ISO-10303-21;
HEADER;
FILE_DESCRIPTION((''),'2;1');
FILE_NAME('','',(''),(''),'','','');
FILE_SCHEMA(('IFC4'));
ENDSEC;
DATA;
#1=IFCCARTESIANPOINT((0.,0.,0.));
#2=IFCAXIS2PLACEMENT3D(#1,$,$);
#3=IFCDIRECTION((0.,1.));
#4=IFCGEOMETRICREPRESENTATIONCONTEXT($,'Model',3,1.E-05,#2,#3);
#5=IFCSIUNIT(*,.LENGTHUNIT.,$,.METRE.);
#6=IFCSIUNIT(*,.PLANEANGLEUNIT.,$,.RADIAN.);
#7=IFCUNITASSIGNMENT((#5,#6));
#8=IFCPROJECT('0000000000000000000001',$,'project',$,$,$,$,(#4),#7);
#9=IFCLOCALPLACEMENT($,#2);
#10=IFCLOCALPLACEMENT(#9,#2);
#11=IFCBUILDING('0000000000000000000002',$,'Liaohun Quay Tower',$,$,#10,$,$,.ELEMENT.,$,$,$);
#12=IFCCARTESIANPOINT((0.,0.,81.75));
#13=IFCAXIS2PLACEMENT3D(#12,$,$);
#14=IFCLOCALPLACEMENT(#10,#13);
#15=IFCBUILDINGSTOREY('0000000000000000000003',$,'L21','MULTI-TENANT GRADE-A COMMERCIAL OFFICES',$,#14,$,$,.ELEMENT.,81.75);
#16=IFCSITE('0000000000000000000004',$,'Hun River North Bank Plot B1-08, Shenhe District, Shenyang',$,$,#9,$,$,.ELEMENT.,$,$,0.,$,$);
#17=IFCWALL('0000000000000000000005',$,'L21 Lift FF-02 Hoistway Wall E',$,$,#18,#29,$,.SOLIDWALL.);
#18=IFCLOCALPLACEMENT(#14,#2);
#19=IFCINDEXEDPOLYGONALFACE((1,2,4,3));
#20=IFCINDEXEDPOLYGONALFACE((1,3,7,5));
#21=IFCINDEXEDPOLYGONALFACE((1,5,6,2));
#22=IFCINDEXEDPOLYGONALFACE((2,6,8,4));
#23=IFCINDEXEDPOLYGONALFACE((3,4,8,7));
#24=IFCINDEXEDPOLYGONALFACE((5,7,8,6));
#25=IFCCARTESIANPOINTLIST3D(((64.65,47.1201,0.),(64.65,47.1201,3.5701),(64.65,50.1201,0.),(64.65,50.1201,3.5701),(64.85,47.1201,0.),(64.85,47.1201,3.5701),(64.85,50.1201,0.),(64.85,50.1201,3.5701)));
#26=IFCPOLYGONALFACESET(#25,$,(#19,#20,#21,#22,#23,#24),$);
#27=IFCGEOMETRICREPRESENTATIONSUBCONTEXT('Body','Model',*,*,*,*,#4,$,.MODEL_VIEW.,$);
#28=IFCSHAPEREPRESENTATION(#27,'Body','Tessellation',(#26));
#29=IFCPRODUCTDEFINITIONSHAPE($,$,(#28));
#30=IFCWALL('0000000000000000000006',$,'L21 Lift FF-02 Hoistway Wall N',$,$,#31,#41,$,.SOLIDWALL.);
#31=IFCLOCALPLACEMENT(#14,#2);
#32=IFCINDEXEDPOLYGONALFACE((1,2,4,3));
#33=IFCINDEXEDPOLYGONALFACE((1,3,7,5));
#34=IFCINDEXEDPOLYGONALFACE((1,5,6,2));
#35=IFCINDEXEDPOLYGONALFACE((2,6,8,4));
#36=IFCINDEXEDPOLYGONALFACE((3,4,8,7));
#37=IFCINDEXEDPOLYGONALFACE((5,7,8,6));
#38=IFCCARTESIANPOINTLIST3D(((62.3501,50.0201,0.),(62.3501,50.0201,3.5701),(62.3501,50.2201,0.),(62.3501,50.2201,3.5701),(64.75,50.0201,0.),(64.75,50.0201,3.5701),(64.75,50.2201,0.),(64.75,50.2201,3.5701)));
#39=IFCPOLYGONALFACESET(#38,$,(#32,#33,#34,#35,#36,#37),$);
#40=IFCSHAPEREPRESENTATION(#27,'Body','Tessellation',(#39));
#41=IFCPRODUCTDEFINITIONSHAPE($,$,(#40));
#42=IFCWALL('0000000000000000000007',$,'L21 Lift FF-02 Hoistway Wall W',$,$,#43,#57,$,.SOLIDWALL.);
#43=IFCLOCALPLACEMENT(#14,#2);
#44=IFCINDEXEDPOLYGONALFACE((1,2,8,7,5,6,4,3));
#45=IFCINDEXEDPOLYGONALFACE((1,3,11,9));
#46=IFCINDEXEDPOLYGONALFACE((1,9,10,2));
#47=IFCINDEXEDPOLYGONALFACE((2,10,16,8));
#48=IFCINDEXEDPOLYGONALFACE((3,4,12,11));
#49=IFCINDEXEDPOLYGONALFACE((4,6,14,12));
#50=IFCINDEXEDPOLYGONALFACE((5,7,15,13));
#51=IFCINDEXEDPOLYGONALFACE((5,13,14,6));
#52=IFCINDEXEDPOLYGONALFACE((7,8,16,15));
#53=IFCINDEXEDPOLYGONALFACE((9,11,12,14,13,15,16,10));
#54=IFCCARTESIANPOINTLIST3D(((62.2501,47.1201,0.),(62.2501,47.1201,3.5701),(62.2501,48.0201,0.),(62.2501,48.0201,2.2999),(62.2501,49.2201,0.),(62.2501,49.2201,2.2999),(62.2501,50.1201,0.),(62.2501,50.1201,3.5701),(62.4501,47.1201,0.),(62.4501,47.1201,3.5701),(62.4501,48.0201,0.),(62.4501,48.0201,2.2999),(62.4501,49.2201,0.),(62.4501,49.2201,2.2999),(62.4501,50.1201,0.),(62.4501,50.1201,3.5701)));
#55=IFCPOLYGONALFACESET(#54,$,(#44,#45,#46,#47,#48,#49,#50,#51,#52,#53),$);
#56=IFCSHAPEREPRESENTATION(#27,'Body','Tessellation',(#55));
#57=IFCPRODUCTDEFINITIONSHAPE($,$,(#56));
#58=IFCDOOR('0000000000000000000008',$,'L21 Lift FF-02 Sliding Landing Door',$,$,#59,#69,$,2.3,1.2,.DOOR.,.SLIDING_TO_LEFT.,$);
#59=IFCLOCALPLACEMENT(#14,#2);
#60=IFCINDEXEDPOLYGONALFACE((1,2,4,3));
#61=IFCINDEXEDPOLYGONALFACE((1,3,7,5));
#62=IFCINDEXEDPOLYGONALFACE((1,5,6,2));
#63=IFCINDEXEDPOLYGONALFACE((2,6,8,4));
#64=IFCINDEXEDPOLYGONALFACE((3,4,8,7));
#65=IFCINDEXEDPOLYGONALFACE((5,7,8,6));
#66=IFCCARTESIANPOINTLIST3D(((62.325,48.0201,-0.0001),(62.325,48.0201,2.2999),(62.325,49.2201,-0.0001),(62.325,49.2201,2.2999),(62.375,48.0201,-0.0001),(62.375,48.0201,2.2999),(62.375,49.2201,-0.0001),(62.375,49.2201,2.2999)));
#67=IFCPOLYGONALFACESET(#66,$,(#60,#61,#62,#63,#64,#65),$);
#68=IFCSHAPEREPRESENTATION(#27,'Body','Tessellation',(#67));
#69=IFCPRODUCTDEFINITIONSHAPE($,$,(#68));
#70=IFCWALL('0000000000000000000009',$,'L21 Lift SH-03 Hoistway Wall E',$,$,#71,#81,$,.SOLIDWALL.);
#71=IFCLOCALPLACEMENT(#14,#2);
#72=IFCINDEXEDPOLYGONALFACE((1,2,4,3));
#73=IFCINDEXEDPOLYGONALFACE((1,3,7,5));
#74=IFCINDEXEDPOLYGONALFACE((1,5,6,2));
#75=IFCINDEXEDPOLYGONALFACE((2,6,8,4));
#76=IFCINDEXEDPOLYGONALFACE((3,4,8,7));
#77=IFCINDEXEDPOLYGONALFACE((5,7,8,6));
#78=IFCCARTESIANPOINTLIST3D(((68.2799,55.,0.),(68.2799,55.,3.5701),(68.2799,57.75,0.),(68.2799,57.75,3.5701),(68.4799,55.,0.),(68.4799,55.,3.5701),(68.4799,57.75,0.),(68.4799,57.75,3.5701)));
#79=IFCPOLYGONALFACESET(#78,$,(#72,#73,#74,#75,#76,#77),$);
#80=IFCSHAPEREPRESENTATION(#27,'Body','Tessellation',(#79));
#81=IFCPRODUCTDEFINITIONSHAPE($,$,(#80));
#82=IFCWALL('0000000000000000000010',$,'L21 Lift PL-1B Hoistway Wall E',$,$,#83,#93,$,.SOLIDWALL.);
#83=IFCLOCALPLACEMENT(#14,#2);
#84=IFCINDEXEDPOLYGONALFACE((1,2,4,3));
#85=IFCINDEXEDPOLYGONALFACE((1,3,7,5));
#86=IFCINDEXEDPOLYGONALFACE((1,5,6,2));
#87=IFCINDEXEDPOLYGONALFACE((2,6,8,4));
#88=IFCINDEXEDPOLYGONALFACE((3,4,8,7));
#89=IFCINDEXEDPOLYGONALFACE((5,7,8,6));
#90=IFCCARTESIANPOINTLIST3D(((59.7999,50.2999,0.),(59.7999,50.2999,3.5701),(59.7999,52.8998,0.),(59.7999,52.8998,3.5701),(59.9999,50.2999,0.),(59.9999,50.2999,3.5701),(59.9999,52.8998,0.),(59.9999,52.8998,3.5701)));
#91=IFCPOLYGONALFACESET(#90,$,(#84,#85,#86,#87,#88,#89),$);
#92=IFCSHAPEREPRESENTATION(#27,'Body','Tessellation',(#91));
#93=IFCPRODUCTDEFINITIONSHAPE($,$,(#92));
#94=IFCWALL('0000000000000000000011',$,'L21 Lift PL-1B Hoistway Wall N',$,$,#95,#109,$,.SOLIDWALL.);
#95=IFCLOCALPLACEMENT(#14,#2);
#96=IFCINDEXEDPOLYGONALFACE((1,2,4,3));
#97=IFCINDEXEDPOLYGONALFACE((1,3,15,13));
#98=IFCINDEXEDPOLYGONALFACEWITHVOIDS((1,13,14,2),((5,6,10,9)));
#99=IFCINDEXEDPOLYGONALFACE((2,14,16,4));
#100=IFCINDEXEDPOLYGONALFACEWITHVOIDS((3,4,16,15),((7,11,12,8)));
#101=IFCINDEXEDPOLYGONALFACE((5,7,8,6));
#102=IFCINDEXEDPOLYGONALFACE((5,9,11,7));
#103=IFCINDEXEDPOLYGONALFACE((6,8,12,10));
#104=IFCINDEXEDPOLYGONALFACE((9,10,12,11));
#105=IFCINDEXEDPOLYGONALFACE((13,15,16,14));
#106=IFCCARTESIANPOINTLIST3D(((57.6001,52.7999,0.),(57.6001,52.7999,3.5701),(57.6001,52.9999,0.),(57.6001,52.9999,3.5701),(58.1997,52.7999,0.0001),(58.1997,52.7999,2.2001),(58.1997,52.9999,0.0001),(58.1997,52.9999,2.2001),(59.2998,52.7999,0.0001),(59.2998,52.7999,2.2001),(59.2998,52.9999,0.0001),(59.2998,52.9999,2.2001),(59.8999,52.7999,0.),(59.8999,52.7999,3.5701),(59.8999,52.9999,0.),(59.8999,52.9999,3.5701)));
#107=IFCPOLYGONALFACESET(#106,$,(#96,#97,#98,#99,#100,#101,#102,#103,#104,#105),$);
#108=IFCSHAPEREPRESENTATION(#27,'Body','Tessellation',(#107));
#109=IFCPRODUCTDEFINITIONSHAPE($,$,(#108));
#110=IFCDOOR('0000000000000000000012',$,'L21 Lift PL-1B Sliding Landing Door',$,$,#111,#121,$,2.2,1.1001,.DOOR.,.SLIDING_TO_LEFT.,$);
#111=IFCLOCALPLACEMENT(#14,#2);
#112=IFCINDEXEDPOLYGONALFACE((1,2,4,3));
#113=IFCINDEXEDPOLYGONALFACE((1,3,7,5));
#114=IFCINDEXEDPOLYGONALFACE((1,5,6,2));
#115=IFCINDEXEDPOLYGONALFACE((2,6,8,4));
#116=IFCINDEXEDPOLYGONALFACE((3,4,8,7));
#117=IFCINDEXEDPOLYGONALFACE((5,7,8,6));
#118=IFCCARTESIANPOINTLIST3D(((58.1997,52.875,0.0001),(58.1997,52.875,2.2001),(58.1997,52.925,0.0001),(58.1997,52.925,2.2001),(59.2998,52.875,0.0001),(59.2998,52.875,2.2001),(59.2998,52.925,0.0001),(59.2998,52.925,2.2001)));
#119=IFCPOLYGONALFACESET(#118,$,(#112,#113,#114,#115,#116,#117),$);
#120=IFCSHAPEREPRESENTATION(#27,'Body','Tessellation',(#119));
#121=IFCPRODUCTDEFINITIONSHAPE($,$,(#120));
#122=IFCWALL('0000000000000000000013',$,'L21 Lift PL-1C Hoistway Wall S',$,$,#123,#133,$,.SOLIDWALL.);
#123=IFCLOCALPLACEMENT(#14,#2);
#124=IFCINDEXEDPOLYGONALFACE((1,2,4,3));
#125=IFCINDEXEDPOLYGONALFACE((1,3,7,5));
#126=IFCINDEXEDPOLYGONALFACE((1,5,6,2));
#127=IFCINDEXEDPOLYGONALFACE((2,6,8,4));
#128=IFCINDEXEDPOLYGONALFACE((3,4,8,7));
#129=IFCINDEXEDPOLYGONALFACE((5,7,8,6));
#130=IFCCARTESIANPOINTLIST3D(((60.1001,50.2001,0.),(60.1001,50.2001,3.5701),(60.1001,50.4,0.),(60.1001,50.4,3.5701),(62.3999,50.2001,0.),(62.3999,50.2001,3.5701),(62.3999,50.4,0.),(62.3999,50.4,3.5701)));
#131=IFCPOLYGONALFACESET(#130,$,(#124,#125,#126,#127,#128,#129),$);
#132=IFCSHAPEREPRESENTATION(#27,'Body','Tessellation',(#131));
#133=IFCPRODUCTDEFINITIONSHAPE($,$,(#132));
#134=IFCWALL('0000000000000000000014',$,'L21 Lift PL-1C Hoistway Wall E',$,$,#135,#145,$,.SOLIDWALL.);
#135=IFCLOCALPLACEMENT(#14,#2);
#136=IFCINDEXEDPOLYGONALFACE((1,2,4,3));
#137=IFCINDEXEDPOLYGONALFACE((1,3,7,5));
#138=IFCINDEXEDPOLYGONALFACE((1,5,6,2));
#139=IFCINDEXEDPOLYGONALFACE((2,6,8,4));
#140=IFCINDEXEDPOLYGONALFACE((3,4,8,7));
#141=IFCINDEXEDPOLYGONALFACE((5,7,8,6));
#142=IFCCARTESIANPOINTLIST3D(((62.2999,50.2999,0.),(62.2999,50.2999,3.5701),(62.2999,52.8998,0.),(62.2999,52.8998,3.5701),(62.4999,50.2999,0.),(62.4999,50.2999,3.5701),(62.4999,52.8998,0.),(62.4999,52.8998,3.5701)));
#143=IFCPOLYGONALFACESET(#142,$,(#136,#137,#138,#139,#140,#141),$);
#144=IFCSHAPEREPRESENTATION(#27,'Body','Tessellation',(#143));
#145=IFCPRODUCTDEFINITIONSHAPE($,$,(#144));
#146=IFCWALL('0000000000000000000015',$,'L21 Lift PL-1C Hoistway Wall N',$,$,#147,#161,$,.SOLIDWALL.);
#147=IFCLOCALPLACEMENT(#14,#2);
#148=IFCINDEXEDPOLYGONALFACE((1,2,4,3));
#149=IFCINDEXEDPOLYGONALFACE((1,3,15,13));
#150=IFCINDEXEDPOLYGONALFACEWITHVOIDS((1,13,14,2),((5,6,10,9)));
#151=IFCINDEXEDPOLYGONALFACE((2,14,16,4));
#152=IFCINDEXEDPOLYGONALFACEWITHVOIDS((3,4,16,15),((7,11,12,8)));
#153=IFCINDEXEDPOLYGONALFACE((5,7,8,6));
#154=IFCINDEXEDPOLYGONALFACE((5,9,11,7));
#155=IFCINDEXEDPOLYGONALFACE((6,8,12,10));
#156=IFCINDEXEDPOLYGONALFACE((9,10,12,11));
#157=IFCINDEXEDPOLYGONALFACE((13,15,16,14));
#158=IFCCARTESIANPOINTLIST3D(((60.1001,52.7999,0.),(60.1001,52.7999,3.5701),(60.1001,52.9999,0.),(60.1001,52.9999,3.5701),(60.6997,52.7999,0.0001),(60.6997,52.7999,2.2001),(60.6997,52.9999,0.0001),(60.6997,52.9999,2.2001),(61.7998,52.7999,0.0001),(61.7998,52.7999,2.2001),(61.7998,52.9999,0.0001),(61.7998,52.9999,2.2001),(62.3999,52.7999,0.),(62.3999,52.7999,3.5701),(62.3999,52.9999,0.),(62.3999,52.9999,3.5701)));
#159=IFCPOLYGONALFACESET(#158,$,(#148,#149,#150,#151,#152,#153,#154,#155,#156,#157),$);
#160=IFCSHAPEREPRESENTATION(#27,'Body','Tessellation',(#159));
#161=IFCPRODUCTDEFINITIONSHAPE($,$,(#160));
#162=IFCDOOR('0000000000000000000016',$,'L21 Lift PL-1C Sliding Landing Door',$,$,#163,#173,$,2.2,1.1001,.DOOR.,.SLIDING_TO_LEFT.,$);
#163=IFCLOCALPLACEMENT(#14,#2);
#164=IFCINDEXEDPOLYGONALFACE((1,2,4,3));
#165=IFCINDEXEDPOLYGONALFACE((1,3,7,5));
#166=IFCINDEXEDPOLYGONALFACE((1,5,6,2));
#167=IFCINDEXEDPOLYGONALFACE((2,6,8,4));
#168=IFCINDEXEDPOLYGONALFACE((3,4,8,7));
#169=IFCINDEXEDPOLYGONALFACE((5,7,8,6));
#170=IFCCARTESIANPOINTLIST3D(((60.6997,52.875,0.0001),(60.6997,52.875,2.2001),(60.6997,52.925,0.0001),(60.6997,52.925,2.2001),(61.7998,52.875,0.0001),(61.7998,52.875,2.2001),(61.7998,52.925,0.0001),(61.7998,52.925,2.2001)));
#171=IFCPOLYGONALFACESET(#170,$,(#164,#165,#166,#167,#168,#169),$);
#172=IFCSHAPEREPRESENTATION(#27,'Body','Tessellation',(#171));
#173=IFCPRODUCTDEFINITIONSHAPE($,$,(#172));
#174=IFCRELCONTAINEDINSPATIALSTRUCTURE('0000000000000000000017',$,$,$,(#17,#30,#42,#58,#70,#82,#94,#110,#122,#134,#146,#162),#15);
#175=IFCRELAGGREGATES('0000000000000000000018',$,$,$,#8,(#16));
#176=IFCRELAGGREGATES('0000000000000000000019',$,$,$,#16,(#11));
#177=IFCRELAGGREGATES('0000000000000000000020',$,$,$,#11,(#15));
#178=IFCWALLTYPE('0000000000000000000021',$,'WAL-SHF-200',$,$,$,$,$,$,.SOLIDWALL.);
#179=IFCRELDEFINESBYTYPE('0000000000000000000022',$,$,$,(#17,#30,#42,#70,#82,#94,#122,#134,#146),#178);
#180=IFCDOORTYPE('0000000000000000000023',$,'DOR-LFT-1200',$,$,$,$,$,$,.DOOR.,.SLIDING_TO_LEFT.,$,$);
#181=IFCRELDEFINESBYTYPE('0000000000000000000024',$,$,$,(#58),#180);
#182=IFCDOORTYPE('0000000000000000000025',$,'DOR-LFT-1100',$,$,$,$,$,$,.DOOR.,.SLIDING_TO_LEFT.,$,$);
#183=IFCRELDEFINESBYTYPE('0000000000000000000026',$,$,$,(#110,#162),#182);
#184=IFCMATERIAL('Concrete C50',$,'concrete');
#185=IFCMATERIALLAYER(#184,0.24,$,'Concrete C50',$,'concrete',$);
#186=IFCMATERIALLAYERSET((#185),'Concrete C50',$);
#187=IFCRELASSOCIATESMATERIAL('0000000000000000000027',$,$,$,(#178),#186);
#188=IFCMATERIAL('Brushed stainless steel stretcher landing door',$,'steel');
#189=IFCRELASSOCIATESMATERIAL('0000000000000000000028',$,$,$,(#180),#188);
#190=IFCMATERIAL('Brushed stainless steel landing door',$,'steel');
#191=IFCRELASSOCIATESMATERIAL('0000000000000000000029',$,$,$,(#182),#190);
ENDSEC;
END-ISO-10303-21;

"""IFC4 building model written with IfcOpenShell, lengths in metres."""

from ifc_helpers import new_model, si_unit, direction, frame, frame_2d, origin, place, context, subcontext, project, spatial, rectangle, extrude, source, transform, mapped, material, layer, layer_set, type_object, element, fill, save


model = new_model("IFC4")

# Units and contexts
model_context = context("Model", 3, precision=1e-05, world=origin(), true_north=direction((0.0, 1.0)))
body_context = subcontext(model_context, "Body", "Model", "MODEL_VIEW")
ifc_project = project(units=[si_unit("LENGTHUNIT", "METRE"), si_unit("PLANEANGLEUNIT", "RADIAN")], contexts=[model_context])

# Site, building, storey
site_placement = place(None, origin())
site = spatial("IfcSite", under=ifc_project, at=site_placement, Name="Hun River North Bank Plot B1-08, Shenhe District, Shenyang", CompositionType="ELEMENT", RefElevation=0.0)
building_placement = place(site_placement, origin())
building = spatial("IfcBuilding", under=site, at=building_placement, Name="Liaohun Quay Tower", CompositionType="ELEMENT")
storey_placement = place(building_placement, frame((0.0, 0.0, 81.75)))
storey = spatial("IfcBuildingStorey", under=building, at=storey_placement, Name="L21", Description="MULTI-TENANT GRADE-A COMMERCIAL OFFICES", CompositionType="ELEMENT", Elevation=81.75)

# Shared definitions
ifc_material_1 = material(Name="Concrete C50", Category="concrete")
ifc_layer_1 = layer(ifc_material_1, 0.24, Name="Concrete C50", Category="concrete")
ifc_layer_set_1 = layer_set([ifc_layer_1], Name="Concrete C50")
wall_type_1 = type_object("IfcWallType", Name="WAL-SHF-200", PredefinedType="SOLIDWALL", material=ifc_layer_set_1)

# Walls
wall_1_placement = place(storey_placement, frame((64.75, 47.1201, 0.0), z_axis=(0.0, 0.0, 1.0), x_axis=(0.0, 1.0, 0.0)))
element("IfcWall", 1, at=wall_1_placement, inside=storey, type_object=wall_type_1, Name="L21 Lift FF-02 Hoistway Wall E", PredefinedType="SOLIDWALL", context=body_context, shape_type="SweptSolid", body=[
    extrude(rectangle(XDim=3.0, YDim=0.2, at=frame_2d((1.5, 0.0))), origin(), (0.0, 0.0, 1.0), 3.5701),
])
wall_2_placement = place(storey_placement, frame((64.75, 50.1201, 0.0), z_axis=(0.0, 0.0, 1.0), x_axis=(-1.0, 0.0, 0.0)))
element("IfcWall", 2, at=wall_2_placement, inside=storey, type_object=wall_type_1, Name="L21 Lift FF-02 Hoistway Wall N", PredefinedType="SOLIDWALL", context=body_context, shape_type="SweptSolid", body=[
    extrude(rectangle(XDim=2.3999, YDim=0.2, at=frame_2d((1.2, 0.0))), origin(), (0.0, 0.0, 1.0), 3.5701),
])

# Wall, opening, door
wall_3_placement = place(storey_placement, frame((62.3501, 50.1201, 0.0), z_axis=(0.0, 0.0, 1.0), x_axis=(0.0, -1.0, 0.0)))
wall_3 = element("IfcWall", 3, at=wall_3_placement, inside=storey, type_object=wall_type_1, Name="L21 Lift FF-02 Hoistway Wall W", PredefinedType="SOLIDWALL", context=body_context, shape_type="SweptSolid", body=[
    extrude(rectangle(XDim=3.0, YDim=0.2, at=frame_2d((1.5, 0.0))), origin(), (0.0, 0.0, 1.0), 3.5701),
])
shared_shape_1 = source(origin(), body_context, "Body", "SweptSolid", [
    extrude(rectangle(XDim=1.2, YDim=2.3, at=frame_2d((0.6001, 1.1499))), frame((0.0, 0.1099, 0.0), z_axis=(0.0, -1.0, 0.0), x_axis=(1.0, 0.0, 0.0)), (0.0, 0.0, 1.0), 0.22),
])
opening_1_placement = place(wall_3_placement, frame((0.8999, 0.0, 0.0)))
opening_1 = element("IfcOpeningElement", 4, at=opening_1_placement, cuts=wall_3, PredefinedType="OPENING", context=body_context, shape_type="MappedRepresentation", body=[
    mapped(shared_shape_1, transform((0.0, 0.0, 0.0), x_axis=(1.0, 0.0, 0.0), y_axis=(0.0, 1.0, 0.0), z_axis=(0.0, 0.0, 1.0), scale=1.0)),
])
ifc_material_2 = material(Name="Brushed stainless steel stretcher landing door", Category="steel")
door_type_1 = type_object("IfcDoorType", Name="DOR-LFT-1200", OperationType="SLIDING_TO_LEFT", PredefinedType="DOOR", material=ifc_material_2)
shared_shape_2 = source(origin(), body_context, "Body", "SweptSolid", [
    extrude(rectangle(XDim=1.2, YDim=2.3, at=frame_2d((0.6001, 1.1499))), frame((0.0, 0.0249, 0.0), z_axis=(0.0, -1.0, 0.0), x_axis=(1.0, 0.0, 0.0)), (0.0, 0.0, 1.0), 0.05),
])
door_1_placement = place(opening_1_placement, origin())
door_1 = element("IfcDoor", 5, at=door_1_placement, inside=storey, type_object=door_type_1, Name="L21 Lift FF-02 Sliding Landing Door", OperationType="SLIDING_TO_LEFT", OverallHeight=2.3, OverallWidth=1.2, PredefinedType="DOOR", context=body_context, shape_type="MappedRepresentation", body=[
    mapped(shared_shape_2, transform((0.0, 0.0, 0.0), x_axis=(1.0, 0.0, 0.0), y_axis=(0.0, 1.0, 0.0), z_axis=(0.0, 0.0, 1.0), scale=1.0)),
])
fill(opening_1, door_1)

# Walls
wall_4_placement = place(storey_placement, frame((68.3799, 55.0, 0.0), z_axis=(0.0, 0.0, 1.0), x_axis=(0.0, 1.0, 0.0)))
element("IfcWall", 6, at=wall_4_placement, inside=storey, type_object=wall_type_1, Name="L21 Lift SH-03 Hoistway Wall E", PredefinedType="SOLIDWALL", context=body_context, shape_type="SweptSolid", body=[
    extrude(rectangle(XDim=2.75, YDim=0.2, at=frame_2d((1.375, 0.0))), origin(), (0.0, 0.0, 1.0), 3.5701),
])
wall_5_placement = place(storey_placement, frame((59.8999, 50.3, 0.0), z_axis=(0.0, 0.0, 1.0), x_axis=(0.0, 1.0, 0.0)))
element("IfcWall", 7, at=wall_5_placement, inside=storey, type_object=wall_type_1, Name="L21 Lift PL-1B Hoistway Wall E", PredefinedType="SOLIDWALL", context=body_context, shape_type="SweptSolid", body=[
    extrude(rectangle(XDim=2.5999, YDim=0.2, at=frame_2d((1.2998, 0.0))), origin(), (0.0, 0.0, 1.0), 3.5701),
])

# Wall, opening, door
wall_6_placement = place(storey_placement, frame((59.8999, 52.8999, 0.0), z_axis=(0.0, 0.0, 1.0), x_axis=(-1.0, 0.0, 0.0)))
wall_6 = element("IfcWall", 8, at=wall_6_placement, inside=storey, type_object=wall_type_1, Name="L21 Lift PL-1B Hoistway Wall N", PredefinedType="SOLIDWALL", context=body_context, shape_type="SweptSolid", body=[
    extrude(rectangle(XDim=2.2998, YDim=0.2, at=frame_2d((1.1499, 0.0))), origin(), (0.0, 0.0, 1.0), 3.5701),
])
shared_shape_3 = source(origin(), body_context, "Body", "SweptSolid", [
    extrude(rectangle(XDim=1.1001, YDim=2.2, at=frame_2d((0.55, 1.1001))), frame((0.0, 0.1099, 0.0), z_axis=(0.0, -1.0, 0.0), x_axis=(1.0, 0.0, 0.0)), (0.0, 0.0, 1.0), 0.22),
])
opening_2_placement = place(wall_6_placement, frame((0.6001, 0.0, 0.0)))
opening_2 = element("IfcOpeningElement", 9, at=opening_2_placement, cuts=wall_6, PredefinedType="OPENING", context=body_context, shape_type="MappedRepresentation", body=[
    mapped(shared_shape_3, transform((0.0, 0.0, 0.0), x_axis=(1.0, 0.0, 0.0), y_axis=(0.0, 1.0, 0.0), z_axis=(0.0, 0.0, 1.0), scale=1.0)),
])
ifc_material_3 = material(Name="Brushed stainless steel landing door", Category="steel")
door_type_2 = type_object("IfcDoorType", Name="DOR-LFT-1100", OperationType="SLIDING_TO_LEFT", PredefinedType="DOOR", material=ifc_material_3)
shared_shape_4 = source(origin(), body_context, "Body", "SweptSolid", [
    extrude(rectangle(XDim=1.1001, YDim=2.2, at=frame_2d((0.55, 1.1001))), frame((0.0, 0.0249, 0.0), z_axis=(0.0, -1.0, 0.0), x_axis=(1.0, 0.0, 0.0)), (0.0, 0.0, 1.0), 0.05),
])
door_2_placement = place(opening_2_placement, origin())
door_2 = element("IfcDoor", 10, at=door_2_placement, inside=storey, type_object=door_type_2, Name="L21 Lift PL-1B Sliding Landing Door", OperationType="SLIDING_TO_LEFT", OverallHeight=2.2, OverallWidth=1.1001, PredefinedType="DOOR", context=body_context, shape_type="MappedRepresentation", body=[
    mapped(shared_shape_4, transform((0.0, 0.0, 0.0), x_axis=(1.0, 0.0, 0.0), y_axis=(0.0, 1.0, 0.0), z_axis=(0.0, 0.0, 1.0), scale=1.0)),
])
fill(opening_2, door_2)

# Walls
wall_7_placement = place(storey_placement, frame((60.1001, 50.3, 0.0), z_axis=(0.0, 0.0, 1.0), x_axis=(1.0, 0.0, 0.0)))
element("IfcWall", 11, at=wall_7_placement, inside=storey, type_object=wall_type_1, Name="L21 Lift PL-1C Hoistway Wall S", PredefinedType="SOLIDWALL", context=body_context, shape_type="SweptSolid", body=[
    extrude(rectangle(XDim=2.2998, YDim=0.2, at=frame_2d((1.1499, 0.0))), origin(), (0.0, 0.0, 1.0), 3.5701),
])
wall_8_placement = place(storey_placement, frame((62.3999, 50.3, 0.0), z_axis=(0.0, 0.0, 1.0), x_axis=(0.0, 1.0, 0.0)))
element("IfcWall", 12, at=wall_8_placement, inside=storey, type_object=wall_type_1, Name="L21 Lift PL-1C Hoistway Wall E", PredefinedType="SOLIDWALL", context=body_context, shape_type="SweptSolid", body=[
    extrude(rectangle(XDim=2.5999, YDim=0.2, at=frame_2d((1.2998, 0.0))), origin(), (0.0, 0.0, 1.0), 3.5701),
])

# Wall, opening, door
wall_9_placement = place(storey_placement, frame((62.3999, 52.8999, 0.0), z_axis=(0.0, 0.0, 1.0), x_axis=(-1.0, 0.0, 0.0)))
wall_9 = element("IfcWall", 13, at=wall_9_placement, inside=storey, type_object=wall_type_1, Name="L21 Lift PL-1C Hoistway Wall N", PredefinedType="SOLIDWALL", context=body_context, shape_type="SweptSolid", body=[
    extrude(rectangle(XDim=2.2998, YDim=0.2, at=frame_2d((1.1499, 0.0))), origin(), (0.0, 0.0, 1.0), 3.5701),
])
opening_3_placement = place(wall_9_placement, frame((0.6001, 0.0, 0.0)))
opening_3 = element("IfcOpeningElement", 14, at=opening_3_placement, cuts=wall_9, PredefinedType="OPENING", context=body_context, shape_type="MappedRepresentation", body=[
    mapped(shared_shape_3, transform((0.0, 0.0, 0.0), x_axis=(1.0, 0.0, 0.0), y_axis=(0.0, 1.0, 0.0), z_axis=(0.0, 0.0, 1.0), scale=1.0)),
])
door_3_placement = place(opening_3_placement, origin())
door_3 = element("IfcDoor", 15, at=door_3_placement, inside=storey, type_object=door_type_2, Name="L21 Lift PL-1C Sliding Landing Door", OperationType="SLIDING_TO_LEFT", OverallHeight=2.2, OverallWidth=1.1001, PredefinedType="DOOR", context=body_context, shape_type="MappedRepresentation", body=[
    mapped(shared_shape_4, transform((0.0, 0.0, 0.0), x_axis=(1.0, 0.0, 0.0), y_axis=(0.0, 1.0, 0.0), z_axis=(0.0, 0.0, 1.0), scale=1.0)),
])
fill(opening_3, door_3)

save(model, "model.ifc")
